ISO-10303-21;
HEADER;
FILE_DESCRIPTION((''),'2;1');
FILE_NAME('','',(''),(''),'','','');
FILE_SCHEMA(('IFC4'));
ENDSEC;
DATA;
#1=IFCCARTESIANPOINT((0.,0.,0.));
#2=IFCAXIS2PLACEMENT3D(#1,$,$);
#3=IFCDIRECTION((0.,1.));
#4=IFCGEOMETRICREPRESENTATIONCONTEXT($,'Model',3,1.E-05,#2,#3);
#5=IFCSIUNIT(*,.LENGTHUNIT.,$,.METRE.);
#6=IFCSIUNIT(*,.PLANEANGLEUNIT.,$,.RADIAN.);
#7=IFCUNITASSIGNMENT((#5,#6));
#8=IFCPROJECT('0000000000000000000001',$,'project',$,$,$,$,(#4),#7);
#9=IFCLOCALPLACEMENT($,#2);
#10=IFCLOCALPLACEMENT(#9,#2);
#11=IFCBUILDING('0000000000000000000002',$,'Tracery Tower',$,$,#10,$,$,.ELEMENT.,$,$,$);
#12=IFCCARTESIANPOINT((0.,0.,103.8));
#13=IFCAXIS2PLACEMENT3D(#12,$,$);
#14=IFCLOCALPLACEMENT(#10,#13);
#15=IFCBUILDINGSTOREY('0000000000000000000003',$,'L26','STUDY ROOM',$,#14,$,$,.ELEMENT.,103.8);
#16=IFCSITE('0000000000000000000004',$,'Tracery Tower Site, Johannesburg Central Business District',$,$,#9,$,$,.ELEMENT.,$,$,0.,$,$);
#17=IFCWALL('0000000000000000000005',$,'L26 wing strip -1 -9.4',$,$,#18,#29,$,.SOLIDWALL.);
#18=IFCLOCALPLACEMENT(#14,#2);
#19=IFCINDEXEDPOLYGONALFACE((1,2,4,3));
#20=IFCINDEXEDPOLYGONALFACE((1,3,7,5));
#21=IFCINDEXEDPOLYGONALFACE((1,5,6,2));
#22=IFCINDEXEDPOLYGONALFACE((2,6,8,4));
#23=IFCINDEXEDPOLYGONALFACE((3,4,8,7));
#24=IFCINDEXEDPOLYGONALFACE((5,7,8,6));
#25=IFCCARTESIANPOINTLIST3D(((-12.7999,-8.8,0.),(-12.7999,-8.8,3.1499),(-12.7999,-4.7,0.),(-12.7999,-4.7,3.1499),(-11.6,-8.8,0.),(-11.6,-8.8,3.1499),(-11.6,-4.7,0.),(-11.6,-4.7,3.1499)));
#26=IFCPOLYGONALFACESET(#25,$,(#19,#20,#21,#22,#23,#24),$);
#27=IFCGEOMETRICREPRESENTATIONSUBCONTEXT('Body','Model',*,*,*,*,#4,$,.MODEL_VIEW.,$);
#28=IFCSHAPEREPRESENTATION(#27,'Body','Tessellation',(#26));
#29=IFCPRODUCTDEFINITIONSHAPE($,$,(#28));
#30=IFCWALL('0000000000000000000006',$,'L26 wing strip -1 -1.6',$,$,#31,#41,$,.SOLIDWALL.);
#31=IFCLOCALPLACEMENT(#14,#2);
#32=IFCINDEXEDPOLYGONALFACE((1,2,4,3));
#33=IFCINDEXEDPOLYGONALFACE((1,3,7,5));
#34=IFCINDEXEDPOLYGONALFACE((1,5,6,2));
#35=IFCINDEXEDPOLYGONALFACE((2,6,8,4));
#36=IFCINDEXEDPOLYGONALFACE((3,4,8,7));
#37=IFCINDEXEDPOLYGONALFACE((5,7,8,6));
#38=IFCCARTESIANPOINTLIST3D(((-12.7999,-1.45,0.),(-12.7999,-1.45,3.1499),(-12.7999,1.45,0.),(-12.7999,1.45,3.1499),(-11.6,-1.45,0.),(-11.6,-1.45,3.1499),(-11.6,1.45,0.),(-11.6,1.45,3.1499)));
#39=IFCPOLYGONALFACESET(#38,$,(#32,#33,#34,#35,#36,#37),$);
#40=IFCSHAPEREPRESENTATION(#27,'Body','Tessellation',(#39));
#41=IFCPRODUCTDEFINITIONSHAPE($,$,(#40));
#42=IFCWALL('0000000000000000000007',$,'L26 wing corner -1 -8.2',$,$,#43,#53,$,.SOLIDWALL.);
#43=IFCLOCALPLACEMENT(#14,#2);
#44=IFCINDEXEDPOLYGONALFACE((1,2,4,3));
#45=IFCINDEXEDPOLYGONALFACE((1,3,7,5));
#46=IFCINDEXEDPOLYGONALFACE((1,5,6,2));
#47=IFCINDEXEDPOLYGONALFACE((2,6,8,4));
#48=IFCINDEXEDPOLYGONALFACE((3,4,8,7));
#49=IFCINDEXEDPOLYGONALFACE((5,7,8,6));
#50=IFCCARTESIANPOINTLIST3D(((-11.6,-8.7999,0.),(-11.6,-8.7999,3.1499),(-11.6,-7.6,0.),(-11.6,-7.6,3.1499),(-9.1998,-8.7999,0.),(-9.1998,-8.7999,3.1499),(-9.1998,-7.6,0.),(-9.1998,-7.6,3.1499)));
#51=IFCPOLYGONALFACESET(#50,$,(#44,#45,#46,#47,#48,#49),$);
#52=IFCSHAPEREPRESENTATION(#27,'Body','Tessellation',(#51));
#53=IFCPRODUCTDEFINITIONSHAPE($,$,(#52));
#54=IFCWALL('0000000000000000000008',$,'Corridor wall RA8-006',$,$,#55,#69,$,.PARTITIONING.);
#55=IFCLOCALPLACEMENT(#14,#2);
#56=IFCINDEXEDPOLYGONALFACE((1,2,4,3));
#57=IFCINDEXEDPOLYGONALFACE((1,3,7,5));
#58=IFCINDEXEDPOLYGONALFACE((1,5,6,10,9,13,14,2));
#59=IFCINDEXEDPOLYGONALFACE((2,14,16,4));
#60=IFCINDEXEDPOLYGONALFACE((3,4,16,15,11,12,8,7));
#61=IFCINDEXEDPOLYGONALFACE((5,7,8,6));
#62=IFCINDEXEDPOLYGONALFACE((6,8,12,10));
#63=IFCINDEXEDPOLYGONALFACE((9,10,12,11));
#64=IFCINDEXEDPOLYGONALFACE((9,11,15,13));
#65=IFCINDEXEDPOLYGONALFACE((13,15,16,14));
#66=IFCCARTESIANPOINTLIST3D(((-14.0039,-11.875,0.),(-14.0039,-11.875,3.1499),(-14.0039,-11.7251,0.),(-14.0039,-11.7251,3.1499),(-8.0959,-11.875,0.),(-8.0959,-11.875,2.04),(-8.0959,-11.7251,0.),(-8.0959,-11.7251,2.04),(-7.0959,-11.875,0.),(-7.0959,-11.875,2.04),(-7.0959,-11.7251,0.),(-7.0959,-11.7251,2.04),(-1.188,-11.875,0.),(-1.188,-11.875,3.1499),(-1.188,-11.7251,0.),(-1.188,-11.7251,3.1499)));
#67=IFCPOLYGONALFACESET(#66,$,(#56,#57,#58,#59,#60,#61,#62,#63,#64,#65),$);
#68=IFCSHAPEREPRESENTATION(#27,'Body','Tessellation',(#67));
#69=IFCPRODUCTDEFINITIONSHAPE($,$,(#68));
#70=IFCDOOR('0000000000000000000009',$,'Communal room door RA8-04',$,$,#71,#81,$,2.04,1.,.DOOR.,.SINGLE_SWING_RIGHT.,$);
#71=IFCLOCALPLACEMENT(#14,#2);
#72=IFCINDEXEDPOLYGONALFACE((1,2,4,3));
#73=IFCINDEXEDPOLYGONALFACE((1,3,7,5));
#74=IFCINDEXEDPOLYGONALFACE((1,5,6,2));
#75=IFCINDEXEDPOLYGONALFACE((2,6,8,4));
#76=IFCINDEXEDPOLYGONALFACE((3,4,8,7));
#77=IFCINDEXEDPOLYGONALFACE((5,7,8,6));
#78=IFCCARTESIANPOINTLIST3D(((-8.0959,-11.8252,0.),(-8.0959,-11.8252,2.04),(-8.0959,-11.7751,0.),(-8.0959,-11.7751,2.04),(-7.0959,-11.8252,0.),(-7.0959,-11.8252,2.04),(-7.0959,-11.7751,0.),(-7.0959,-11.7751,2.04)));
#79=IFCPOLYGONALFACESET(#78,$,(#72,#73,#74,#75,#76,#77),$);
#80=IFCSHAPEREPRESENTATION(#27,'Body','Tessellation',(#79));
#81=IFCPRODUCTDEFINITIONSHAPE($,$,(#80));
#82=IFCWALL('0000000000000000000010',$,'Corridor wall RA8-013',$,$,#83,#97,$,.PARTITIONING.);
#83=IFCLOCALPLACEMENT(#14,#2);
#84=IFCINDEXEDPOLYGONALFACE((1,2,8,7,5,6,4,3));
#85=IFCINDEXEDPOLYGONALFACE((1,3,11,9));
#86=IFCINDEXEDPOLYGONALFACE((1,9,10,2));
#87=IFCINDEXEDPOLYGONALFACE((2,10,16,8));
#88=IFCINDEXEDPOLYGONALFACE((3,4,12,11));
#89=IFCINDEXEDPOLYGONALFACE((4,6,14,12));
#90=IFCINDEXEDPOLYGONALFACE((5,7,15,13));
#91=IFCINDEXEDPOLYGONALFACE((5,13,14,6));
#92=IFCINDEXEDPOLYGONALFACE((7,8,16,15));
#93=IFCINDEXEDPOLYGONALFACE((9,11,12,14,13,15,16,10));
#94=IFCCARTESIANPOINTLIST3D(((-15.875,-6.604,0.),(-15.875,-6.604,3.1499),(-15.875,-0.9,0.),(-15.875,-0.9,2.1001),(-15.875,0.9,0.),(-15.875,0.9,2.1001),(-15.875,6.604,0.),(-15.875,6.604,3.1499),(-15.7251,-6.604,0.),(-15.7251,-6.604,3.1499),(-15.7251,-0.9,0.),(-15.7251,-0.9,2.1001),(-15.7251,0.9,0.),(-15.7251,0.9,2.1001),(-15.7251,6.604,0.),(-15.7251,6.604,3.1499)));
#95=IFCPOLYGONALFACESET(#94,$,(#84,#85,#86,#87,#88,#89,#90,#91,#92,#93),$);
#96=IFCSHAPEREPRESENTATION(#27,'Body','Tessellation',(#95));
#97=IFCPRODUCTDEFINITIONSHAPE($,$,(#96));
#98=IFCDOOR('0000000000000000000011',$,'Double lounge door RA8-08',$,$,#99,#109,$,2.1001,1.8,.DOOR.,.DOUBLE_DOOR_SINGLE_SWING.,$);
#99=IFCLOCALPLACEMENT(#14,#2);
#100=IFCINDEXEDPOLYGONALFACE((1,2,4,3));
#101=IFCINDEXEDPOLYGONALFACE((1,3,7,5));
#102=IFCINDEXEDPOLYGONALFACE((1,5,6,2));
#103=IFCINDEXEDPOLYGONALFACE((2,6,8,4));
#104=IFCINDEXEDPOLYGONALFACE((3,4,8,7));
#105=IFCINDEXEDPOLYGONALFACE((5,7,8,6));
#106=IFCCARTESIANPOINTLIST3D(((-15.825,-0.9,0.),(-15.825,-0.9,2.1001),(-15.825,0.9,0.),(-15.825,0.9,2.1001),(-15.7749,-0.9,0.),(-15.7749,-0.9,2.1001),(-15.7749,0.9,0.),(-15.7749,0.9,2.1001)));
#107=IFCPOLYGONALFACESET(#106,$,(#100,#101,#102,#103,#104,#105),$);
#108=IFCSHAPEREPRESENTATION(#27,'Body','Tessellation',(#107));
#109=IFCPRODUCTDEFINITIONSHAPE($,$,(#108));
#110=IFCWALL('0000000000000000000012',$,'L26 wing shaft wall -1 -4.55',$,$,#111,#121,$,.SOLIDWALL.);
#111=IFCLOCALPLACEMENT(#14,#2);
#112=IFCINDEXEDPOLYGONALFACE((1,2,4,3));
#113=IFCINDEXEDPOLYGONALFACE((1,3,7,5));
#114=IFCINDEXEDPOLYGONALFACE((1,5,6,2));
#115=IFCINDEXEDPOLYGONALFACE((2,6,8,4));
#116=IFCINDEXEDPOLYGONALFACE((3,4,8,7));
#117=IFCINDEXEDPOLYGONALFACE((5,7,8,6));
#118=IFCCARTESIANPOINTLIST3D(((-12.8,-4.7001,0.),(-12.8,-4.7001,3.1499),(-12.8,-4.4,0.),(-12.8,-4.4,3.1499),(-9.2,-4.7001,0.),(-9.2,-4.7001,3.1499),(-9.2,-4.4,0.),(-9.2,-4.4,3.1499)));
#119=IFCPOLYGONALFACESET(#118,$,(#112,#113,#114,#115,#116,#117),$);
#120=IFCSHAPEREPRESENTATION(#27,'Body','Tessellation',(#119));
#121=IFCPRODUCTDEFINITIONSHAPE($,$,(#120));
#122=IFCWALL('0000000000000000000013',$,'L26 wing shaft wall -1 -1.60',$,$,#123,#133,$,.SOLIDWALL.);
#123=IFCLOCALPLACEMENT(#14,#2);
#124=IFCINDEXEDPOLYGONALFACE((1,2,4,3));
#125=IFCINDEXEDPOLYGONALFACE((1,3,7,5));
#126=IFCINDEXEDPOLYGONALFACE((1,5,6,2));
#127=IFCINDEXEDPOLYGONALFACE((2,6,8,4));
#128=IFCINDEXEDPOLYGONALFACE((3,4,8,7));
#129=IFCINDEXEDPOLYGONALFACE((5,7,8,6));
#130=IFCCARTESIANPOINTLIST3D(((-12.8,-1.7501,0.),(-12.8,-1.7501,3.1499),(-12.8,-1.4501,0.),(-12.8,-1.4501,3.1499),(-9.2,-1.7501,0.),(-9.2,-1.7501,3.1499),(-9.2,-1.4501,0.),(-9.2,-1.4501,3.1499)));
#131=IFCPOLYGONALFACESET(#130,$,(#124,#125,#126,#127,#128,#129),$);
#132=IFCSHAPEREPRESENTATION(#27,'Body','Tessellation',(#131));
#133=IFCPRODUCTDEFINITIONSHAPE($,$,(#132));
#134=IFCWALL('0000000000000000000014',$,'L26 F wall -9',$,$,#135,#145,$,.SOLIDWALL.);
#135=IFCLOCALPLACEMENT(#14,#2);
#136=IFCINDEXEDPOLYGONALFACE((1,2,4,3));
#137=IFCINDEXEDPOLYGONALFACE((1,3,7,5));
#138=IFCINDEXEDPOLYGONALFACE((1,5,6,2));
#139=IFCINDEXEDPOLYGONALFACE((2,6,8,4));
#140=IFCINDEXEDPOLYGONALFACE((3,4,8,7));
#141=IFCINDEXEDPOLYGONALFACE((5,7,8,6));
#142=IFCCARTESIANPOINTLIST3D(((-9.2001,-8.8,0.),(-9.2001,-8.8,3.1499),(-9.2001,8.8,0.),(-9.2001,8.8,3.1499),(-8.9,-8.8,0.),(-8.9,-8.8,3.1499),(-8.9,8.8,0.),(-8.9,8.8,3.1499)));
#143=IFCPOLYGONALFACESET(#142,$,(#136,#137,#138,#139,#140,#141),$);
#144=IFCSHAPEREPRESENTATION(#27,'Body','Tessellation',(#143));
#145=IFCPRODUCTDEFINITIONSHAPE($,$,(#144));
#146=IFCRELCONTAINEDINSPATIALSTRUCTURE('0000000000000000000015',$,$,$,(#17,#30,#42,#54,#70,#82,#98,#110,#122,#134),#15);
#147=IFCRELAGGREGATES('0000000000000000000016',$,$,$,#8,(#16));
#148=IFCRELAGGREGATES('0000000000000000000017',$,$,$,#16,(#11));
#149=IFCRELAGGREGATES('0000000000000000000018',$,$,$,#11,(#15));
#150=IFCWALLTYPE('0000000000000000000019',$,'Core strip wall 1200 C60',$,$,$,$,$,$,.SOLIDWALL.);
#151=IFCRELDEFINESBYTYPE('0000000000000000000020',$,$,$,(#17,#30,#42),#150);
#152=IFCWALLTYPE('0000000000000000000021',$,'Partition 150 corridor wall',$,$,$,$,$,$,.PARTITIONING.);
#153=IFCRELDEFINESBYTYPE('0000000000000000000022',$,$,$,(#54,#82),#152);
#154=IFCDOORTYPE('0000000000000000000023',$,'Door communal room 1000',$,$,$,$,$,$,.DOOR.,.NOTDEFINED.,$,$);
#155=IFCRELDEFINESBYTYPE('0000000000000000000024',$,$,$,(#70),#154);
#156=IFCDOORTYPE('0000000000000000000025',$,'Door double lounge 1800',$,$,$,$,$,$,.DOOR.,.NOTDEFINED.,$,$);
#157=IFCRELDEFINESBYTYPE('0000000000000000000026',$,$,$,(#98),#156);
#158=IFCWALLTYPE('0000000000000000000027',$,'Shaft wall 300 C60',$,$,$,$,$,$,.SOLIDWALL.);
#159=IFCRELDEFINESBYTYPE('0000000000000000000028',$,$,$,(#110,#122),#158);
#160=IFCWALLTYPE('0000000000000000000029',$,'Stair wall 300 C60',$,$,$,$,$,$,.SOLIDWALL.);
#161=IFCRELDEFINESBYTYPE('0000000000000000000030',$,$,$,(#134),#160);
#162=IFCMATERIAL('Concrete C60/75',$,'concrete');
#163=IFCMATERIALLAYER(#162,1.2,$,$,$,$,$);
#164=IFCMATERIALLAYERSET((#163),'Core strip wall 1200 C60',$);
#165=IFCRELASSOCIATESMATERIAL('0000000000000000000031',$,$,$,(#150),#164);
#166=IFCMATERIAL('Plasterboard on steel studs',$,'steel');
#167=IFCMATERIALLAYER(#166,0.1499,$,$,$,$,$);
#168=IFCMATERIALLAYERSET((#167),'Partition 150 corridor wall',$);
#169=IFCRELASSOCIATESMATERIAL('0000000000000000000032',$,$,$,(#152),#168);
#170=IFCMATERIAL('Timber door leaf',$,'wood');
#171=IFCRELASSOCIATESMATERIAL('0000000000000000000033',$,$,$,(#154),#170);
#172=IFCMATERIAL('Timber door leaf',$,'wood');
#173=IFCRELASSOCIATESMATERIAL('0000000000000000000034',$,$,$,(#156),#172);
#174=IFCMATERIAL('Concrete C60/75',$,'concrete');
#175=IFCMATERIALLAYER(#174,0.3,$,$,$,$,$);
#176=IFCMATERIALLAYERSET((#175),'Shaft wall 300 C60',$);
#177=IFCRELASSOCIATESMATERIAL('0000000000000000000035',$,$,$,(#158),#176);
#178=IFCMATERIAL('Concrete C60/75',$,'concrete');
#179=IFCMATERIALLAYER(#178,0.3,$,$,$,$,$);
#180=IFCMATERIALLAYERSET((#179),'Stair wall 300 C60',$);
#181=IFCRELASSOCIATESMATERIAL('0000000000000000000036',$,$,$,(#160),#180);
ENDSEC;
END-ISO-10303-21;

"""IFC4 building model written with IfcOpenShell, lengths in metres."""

from ifc_helpers import new_model, si_unit, direction, frame, frame_2d, origin, place, context, subcontext, project, spatial, rectangle, extrude, material, layer, layer_set, type_object, element, fill, save


model = new_model("IFC4")

# Units and contexts
model_context = context("Model", 3, precision=1e-05, world=origin(), true_north=direction((0.0, 1.0)))
body_context = subcontext(model_context, "Body", "Model", "MODEL_VIEW")
ifc_project = project(units=[si_unit("LENGTHUNIT", "METRE"), si_unit("PLANEANGLEUNIT", "RADIAN")], contexts=[model_context])

# Site, building, storey
site_placement = place(None, origin())
site = spatial("IfcSite", under=ifc_project, at=site_placement, Name="Tracery Tower Site, Johannesburg Central Business District", CompositionType="ELEMENT", RefElevation=0.0)
building_placement = place(site_placement, origin())
building = spatial("IfcBuilding", under=site, at=building_placement, Name="Tracery Tower", CompositionType="ELEMENT")
storey_placement = place(building_placement, frame((0.0, 0.0, 103.8)))
storey = spatial("IfcBuildingStorey", under=building, at=storey_placement, Name="L26", Description="STUDY ROOM", CompositionType="ELEMENT", Elevation=103.8)

# Walls
ifc_material_1 = material(Name="Concrete C60/75", Category="concrete")
ifc_layer_1 = layer(ifc_material_1, 1.2)
ifc_layer_set_1 = layer_set([ifc_layer_1], Name="Core strip wall 1200 C60")
wall_type_1 = type_object("IfcWallType", Name="Core strip wall 1200 C60", PredefinedType="SOLIDWALL", material=ifc_layer_set_1)
wall_1_placement = place(storey_placement, frame((-12.2, -8.8, 0.0), z_axis=(0.0, 0.0, 1.0), x_axis=(0.0, 1.0, 0.0)))
element("IfcWall", 1, at=wall_1_placement, inside=storey, type_object=wall_type_1, Name="L26 wing strip -1 -9.4", PredefinedType="SOLIDWALL", context=body_context, shape_type="SweptSolid", body=[
    extrude(rectangle(XDim=4.1001, YDim=1.2, at=frame_2d((2.05, 0.0))), origin(), (0.0, 0.0, 1.0), 3.1499),
])
wall_2_placement = place(storey_placement, frame((-12.2, -1.45, 0.0), z_axis=(0.0, 0.0, 1.0), x_axis=(0.0, 1.0, 0.0)))
element("IfcWall", 2, at=wall_2_placement, inside=storey, type_object=wall_type_1, Name="L26 wing strip -1 -1.6", PredefinedType="SOLIDWALL", context=body_context, shape_type="SweptSolid", body=[
    extrude(rectangle(XDim=2.8999, YDim=1.2, at=frame_2d((1.45, 0.0))), origin(), (0.0, 0.0, 1.0), 3.1499),
])
wall_3_placement = place(storey_placement, frame((-11.6001, -8.2, 0.0), z_axis=(0.0, 0.0, 1.0), x_axis=(1.0, 0.0, 0.0)))
element("IfcWall", 3, at=wall_3_placement, inside=storey, type_object=wall_type_1, Name="L26 wing corner -1 -8.2", PredefinedType="SOLIDWALL", context=body_context, shape_type="SweptSolid", body=[
    extrude(rectangle(XDim=2.4001, YDim=1.2, at=frame_2d((1.2002, 0.0))), origin(), (0.0, 0.0, 1.0), 3.1499),
])

# Walls, openings, doors
ifc_material_2 = material(Name="Plasterboard on steel studs", Category="steel")
ifc_layer_2 = layer(ifc_material_2, 0.1499)
ifc_layer_set_2 = layer_set([ifc_layer_2], Name="Partition 150 corridor wall")
wall_type_2 = type_object("IfcWallType", Name="Partition 150 corridor wall", PredefinedType="PARTITIONING", material=ifc_layer_set_2)
wall_4_placement = place(storey_placement, frame((-14.0039, -11.8, 0.0), z_axis=(0.0, 0.0, 1.0), x_axis=(1.0, 0.0, 0.0)))
wall_4 = element("IfcWall", 4, at=wall_4_placement, inside=storey, type_object=wall_type_2, Name="Corridor wall RA8-006", PredefinedType="PARTITIONING", context=body_context, shape_type="SweptSolid", body=[
    extrude(rectangle(XDim=12.8159, YDim=0.1499, at=frame_2d((6.408, 0.0))), origin(), (0.0, 0.0, 1.0), 3.1499),
])
opening_1_placement = place(wall_4_placement, frame((5.908, 0.0, 0.0)))
opening_1 = element("IfcOpeningElement", 5, at=opening_1_placement, cuts=wall_4, PredefinedType="OPENING", context=body_context, shape_type="SweptSolid", body=[
    extrude(rectangle(XDim=1.0, YDim=2.04, at=frame_2d((0.5, 1.02))), frame((0.0, 0.075, 0.0), z_axis=(0.0, -1.0, 0.0), x_axis=(1.0, 0.0, 0.0)), (0.0, 0.0, 1.0), 0.1499),
])
ifc_material_3 = material(Name="Timber door leaf", Category="wood")
door_type_1 = type_object("IfcDoorType", Name="Door communal room 1000", OperationType="NOTDEFINED", PredefinedType="DOOR", material=ifc_material_3)
door_1_placement = place(opening_1_placement, origin())
door_1 = element("IfcDoor", 6, at=door_1_placement, inside=storey, type_object=door_type_1, Name="Communal room door RA8-04", OperationType="SINGLE_SWING_RIGHT", OverallHeight=2.04, OverallWidth=1.0, PredefinedType="DOOR", context=body_context, shape_type="SweptSolid", body=[
    extrude(rectangle(XDim=1.0, YDim=2.04, at=frame_2d((0.5, 1.02))), frame((0.0, 0.0249, 0.0), z_axis=(0.0, -1.0, 0.0), x_axis=(1.0, 0.0, 0.0)), (0.0, 0.0, 1.0), 0.05),
])
fill(opening_1, door_1)
wall_5_placement = place(storey_placement, frame((-15.8, -6.604, 0.0), z_axis=(0.0, 0.0, 1.0), x_axis=(0.0, 1.0, 0.0)))
wall_5 = element("IfcWall", 7, at=wall_5_placement, inside=storey, type_object=wall_type_2, Name="Corridor wall RA8-013", PredefinedType="PARTITIONING", context=body_context, shape_type="SweptSolid", body=[
    extrude(rectangle(XDim=13.208, YDim=0.1499, at=frame_2d((6.604, 0.0))), origin(), (0.0, 0.0, 1.0), 3.1499),
])
opening_2_placement = place(wall_5_placement, frame((5.7041, 0.0, 0.0)))
opening_2 = element("IfcOpeningElement", 8, at=opening_2_placement, cuts=wall_5, PredefinedType="OPENING", context=body_context, shape_type="SweptSolid", body=[
    extrude(rectangle(XDim=1.8, YDim=2.1001, at=frame_2d((0.8999, 1.05))), frame((0.0, 0.075, 0.0), z_axis=(0.0, -1.0, 0.0), x_axis=(1.0, 0.0, 0.0)), (0.0, 0.0, 1.0), 0.1499),
])
ifc_material_4 = material(Name="Timber door leaf", Category="wood")
door_type_2 = type_object("IfcDoorType", Name="Door double lounge 1800", OperationType="NOTDEFINED", PredefinedType="DOOR", material=ifc_material_4)
door_2_placement = place(opening_2_placement, origin())
door_2 = element("IfcDoor", 9, at=door_2_placement, inside=storey, type_object=door_type_2, Name="Double lounge door RA8-08", OperationType="DOUBLE_DOOR_SINGLE_SWING", OverallHeight=2.1001, OverallWidth=1.8, PredefinedType="DOOR", context=body_context, shape_type="SweptSolid", body=[
    extrude(rectangle(XDim=1.8, YDim=2.1001, at=frame_2d((0.8999, 1.05))), frame((0.0, 0.0249, 0.0), z_axis=(0.0, -1.0, 0.0), x_axis=(1.0, 0.0, 0.0)), (0.0, 0.0, 1.0), 0.05),
])
fill(opening_2, door_2)

# Walls
ifc_material_5 = material(Name="Concrete C60/75", Category="concrete")
ifc_layer_3 = layer(ifc_material_5, 0.3)
ifc_layer_set_3 = layer_set([ifc_layer_3], Name="Shaft wall 300 C60")
wall_type_3 = type_object("IfcWallType", Name="Shaft wall 300 C60", PredefinedType="SOLIDWALL", material=ifc_layer_set_3)
for number, where, z_axis, x_axis, name in (
    (10, (-12.8, -4.55, 0.0), (0.0, 0.0, 1.0), (1.0, 0.0, 0.0), "L26 wing shaft wall -1 -4.55"),
    (11, (-12.8, -1.6001, 0.0), (0.0, 0.0, 1.0), (1.0, 0.0, 0.0), "L26 wing shaft wall -1 -1.60"),
):
    element("IfcWall", number, at=place(storey_placement, frame(where, z_axis=z_axis, x_axis=x_axis)), inside=storey, type_object=wall_type_3, Name=name, PredefinedType="SOLIDWALL", context=body_context, shape_type="SweptSolid", body=[
        extrude(rectangle(XDim=3.6001, YDim=0.3, at=frame_2d((1.8, 0.0))), origin(), (0.0, 0.0, 1.0), 3.1499),
    ])
ifc_material_6 = material(Name="Concrete C60/75", Category="concrete")
ifc_layer_4 = layer(ifc_material_6, 0.3)
ifc_layer_set_4 = layer_set([ifc_layer_4], Name="Stair wall 300 C60")
wall_type_4 = type_object("IfcWallType", Name="Stair wall 300 C60", PredefinedType="SOLIDWALL", material=ifc_layer_set_4)
wall_6_placement = place(storey_placement, frame((-9.05, -8.8, 0.0), z_axis=(0.0, 0.0, 1.0), x_axis=(0.0, 1.0, 0.0)))
element("IfcWall", 12, at=wall_6_placement, inside=storey, type_object=wall_type_4, Name="L26 F wall -9", PredefinedType="SOLIDWALL", context=body_context, shape_type="SweptSolid", body=[
    extrude(rectangle(XDim=17.6001, YDim=0.3, at=frame_2d((8.8, 0.0))), origin(), (0.0, 0.0, 1.0), 3.1499),
])

save(model, "model.ifc")
